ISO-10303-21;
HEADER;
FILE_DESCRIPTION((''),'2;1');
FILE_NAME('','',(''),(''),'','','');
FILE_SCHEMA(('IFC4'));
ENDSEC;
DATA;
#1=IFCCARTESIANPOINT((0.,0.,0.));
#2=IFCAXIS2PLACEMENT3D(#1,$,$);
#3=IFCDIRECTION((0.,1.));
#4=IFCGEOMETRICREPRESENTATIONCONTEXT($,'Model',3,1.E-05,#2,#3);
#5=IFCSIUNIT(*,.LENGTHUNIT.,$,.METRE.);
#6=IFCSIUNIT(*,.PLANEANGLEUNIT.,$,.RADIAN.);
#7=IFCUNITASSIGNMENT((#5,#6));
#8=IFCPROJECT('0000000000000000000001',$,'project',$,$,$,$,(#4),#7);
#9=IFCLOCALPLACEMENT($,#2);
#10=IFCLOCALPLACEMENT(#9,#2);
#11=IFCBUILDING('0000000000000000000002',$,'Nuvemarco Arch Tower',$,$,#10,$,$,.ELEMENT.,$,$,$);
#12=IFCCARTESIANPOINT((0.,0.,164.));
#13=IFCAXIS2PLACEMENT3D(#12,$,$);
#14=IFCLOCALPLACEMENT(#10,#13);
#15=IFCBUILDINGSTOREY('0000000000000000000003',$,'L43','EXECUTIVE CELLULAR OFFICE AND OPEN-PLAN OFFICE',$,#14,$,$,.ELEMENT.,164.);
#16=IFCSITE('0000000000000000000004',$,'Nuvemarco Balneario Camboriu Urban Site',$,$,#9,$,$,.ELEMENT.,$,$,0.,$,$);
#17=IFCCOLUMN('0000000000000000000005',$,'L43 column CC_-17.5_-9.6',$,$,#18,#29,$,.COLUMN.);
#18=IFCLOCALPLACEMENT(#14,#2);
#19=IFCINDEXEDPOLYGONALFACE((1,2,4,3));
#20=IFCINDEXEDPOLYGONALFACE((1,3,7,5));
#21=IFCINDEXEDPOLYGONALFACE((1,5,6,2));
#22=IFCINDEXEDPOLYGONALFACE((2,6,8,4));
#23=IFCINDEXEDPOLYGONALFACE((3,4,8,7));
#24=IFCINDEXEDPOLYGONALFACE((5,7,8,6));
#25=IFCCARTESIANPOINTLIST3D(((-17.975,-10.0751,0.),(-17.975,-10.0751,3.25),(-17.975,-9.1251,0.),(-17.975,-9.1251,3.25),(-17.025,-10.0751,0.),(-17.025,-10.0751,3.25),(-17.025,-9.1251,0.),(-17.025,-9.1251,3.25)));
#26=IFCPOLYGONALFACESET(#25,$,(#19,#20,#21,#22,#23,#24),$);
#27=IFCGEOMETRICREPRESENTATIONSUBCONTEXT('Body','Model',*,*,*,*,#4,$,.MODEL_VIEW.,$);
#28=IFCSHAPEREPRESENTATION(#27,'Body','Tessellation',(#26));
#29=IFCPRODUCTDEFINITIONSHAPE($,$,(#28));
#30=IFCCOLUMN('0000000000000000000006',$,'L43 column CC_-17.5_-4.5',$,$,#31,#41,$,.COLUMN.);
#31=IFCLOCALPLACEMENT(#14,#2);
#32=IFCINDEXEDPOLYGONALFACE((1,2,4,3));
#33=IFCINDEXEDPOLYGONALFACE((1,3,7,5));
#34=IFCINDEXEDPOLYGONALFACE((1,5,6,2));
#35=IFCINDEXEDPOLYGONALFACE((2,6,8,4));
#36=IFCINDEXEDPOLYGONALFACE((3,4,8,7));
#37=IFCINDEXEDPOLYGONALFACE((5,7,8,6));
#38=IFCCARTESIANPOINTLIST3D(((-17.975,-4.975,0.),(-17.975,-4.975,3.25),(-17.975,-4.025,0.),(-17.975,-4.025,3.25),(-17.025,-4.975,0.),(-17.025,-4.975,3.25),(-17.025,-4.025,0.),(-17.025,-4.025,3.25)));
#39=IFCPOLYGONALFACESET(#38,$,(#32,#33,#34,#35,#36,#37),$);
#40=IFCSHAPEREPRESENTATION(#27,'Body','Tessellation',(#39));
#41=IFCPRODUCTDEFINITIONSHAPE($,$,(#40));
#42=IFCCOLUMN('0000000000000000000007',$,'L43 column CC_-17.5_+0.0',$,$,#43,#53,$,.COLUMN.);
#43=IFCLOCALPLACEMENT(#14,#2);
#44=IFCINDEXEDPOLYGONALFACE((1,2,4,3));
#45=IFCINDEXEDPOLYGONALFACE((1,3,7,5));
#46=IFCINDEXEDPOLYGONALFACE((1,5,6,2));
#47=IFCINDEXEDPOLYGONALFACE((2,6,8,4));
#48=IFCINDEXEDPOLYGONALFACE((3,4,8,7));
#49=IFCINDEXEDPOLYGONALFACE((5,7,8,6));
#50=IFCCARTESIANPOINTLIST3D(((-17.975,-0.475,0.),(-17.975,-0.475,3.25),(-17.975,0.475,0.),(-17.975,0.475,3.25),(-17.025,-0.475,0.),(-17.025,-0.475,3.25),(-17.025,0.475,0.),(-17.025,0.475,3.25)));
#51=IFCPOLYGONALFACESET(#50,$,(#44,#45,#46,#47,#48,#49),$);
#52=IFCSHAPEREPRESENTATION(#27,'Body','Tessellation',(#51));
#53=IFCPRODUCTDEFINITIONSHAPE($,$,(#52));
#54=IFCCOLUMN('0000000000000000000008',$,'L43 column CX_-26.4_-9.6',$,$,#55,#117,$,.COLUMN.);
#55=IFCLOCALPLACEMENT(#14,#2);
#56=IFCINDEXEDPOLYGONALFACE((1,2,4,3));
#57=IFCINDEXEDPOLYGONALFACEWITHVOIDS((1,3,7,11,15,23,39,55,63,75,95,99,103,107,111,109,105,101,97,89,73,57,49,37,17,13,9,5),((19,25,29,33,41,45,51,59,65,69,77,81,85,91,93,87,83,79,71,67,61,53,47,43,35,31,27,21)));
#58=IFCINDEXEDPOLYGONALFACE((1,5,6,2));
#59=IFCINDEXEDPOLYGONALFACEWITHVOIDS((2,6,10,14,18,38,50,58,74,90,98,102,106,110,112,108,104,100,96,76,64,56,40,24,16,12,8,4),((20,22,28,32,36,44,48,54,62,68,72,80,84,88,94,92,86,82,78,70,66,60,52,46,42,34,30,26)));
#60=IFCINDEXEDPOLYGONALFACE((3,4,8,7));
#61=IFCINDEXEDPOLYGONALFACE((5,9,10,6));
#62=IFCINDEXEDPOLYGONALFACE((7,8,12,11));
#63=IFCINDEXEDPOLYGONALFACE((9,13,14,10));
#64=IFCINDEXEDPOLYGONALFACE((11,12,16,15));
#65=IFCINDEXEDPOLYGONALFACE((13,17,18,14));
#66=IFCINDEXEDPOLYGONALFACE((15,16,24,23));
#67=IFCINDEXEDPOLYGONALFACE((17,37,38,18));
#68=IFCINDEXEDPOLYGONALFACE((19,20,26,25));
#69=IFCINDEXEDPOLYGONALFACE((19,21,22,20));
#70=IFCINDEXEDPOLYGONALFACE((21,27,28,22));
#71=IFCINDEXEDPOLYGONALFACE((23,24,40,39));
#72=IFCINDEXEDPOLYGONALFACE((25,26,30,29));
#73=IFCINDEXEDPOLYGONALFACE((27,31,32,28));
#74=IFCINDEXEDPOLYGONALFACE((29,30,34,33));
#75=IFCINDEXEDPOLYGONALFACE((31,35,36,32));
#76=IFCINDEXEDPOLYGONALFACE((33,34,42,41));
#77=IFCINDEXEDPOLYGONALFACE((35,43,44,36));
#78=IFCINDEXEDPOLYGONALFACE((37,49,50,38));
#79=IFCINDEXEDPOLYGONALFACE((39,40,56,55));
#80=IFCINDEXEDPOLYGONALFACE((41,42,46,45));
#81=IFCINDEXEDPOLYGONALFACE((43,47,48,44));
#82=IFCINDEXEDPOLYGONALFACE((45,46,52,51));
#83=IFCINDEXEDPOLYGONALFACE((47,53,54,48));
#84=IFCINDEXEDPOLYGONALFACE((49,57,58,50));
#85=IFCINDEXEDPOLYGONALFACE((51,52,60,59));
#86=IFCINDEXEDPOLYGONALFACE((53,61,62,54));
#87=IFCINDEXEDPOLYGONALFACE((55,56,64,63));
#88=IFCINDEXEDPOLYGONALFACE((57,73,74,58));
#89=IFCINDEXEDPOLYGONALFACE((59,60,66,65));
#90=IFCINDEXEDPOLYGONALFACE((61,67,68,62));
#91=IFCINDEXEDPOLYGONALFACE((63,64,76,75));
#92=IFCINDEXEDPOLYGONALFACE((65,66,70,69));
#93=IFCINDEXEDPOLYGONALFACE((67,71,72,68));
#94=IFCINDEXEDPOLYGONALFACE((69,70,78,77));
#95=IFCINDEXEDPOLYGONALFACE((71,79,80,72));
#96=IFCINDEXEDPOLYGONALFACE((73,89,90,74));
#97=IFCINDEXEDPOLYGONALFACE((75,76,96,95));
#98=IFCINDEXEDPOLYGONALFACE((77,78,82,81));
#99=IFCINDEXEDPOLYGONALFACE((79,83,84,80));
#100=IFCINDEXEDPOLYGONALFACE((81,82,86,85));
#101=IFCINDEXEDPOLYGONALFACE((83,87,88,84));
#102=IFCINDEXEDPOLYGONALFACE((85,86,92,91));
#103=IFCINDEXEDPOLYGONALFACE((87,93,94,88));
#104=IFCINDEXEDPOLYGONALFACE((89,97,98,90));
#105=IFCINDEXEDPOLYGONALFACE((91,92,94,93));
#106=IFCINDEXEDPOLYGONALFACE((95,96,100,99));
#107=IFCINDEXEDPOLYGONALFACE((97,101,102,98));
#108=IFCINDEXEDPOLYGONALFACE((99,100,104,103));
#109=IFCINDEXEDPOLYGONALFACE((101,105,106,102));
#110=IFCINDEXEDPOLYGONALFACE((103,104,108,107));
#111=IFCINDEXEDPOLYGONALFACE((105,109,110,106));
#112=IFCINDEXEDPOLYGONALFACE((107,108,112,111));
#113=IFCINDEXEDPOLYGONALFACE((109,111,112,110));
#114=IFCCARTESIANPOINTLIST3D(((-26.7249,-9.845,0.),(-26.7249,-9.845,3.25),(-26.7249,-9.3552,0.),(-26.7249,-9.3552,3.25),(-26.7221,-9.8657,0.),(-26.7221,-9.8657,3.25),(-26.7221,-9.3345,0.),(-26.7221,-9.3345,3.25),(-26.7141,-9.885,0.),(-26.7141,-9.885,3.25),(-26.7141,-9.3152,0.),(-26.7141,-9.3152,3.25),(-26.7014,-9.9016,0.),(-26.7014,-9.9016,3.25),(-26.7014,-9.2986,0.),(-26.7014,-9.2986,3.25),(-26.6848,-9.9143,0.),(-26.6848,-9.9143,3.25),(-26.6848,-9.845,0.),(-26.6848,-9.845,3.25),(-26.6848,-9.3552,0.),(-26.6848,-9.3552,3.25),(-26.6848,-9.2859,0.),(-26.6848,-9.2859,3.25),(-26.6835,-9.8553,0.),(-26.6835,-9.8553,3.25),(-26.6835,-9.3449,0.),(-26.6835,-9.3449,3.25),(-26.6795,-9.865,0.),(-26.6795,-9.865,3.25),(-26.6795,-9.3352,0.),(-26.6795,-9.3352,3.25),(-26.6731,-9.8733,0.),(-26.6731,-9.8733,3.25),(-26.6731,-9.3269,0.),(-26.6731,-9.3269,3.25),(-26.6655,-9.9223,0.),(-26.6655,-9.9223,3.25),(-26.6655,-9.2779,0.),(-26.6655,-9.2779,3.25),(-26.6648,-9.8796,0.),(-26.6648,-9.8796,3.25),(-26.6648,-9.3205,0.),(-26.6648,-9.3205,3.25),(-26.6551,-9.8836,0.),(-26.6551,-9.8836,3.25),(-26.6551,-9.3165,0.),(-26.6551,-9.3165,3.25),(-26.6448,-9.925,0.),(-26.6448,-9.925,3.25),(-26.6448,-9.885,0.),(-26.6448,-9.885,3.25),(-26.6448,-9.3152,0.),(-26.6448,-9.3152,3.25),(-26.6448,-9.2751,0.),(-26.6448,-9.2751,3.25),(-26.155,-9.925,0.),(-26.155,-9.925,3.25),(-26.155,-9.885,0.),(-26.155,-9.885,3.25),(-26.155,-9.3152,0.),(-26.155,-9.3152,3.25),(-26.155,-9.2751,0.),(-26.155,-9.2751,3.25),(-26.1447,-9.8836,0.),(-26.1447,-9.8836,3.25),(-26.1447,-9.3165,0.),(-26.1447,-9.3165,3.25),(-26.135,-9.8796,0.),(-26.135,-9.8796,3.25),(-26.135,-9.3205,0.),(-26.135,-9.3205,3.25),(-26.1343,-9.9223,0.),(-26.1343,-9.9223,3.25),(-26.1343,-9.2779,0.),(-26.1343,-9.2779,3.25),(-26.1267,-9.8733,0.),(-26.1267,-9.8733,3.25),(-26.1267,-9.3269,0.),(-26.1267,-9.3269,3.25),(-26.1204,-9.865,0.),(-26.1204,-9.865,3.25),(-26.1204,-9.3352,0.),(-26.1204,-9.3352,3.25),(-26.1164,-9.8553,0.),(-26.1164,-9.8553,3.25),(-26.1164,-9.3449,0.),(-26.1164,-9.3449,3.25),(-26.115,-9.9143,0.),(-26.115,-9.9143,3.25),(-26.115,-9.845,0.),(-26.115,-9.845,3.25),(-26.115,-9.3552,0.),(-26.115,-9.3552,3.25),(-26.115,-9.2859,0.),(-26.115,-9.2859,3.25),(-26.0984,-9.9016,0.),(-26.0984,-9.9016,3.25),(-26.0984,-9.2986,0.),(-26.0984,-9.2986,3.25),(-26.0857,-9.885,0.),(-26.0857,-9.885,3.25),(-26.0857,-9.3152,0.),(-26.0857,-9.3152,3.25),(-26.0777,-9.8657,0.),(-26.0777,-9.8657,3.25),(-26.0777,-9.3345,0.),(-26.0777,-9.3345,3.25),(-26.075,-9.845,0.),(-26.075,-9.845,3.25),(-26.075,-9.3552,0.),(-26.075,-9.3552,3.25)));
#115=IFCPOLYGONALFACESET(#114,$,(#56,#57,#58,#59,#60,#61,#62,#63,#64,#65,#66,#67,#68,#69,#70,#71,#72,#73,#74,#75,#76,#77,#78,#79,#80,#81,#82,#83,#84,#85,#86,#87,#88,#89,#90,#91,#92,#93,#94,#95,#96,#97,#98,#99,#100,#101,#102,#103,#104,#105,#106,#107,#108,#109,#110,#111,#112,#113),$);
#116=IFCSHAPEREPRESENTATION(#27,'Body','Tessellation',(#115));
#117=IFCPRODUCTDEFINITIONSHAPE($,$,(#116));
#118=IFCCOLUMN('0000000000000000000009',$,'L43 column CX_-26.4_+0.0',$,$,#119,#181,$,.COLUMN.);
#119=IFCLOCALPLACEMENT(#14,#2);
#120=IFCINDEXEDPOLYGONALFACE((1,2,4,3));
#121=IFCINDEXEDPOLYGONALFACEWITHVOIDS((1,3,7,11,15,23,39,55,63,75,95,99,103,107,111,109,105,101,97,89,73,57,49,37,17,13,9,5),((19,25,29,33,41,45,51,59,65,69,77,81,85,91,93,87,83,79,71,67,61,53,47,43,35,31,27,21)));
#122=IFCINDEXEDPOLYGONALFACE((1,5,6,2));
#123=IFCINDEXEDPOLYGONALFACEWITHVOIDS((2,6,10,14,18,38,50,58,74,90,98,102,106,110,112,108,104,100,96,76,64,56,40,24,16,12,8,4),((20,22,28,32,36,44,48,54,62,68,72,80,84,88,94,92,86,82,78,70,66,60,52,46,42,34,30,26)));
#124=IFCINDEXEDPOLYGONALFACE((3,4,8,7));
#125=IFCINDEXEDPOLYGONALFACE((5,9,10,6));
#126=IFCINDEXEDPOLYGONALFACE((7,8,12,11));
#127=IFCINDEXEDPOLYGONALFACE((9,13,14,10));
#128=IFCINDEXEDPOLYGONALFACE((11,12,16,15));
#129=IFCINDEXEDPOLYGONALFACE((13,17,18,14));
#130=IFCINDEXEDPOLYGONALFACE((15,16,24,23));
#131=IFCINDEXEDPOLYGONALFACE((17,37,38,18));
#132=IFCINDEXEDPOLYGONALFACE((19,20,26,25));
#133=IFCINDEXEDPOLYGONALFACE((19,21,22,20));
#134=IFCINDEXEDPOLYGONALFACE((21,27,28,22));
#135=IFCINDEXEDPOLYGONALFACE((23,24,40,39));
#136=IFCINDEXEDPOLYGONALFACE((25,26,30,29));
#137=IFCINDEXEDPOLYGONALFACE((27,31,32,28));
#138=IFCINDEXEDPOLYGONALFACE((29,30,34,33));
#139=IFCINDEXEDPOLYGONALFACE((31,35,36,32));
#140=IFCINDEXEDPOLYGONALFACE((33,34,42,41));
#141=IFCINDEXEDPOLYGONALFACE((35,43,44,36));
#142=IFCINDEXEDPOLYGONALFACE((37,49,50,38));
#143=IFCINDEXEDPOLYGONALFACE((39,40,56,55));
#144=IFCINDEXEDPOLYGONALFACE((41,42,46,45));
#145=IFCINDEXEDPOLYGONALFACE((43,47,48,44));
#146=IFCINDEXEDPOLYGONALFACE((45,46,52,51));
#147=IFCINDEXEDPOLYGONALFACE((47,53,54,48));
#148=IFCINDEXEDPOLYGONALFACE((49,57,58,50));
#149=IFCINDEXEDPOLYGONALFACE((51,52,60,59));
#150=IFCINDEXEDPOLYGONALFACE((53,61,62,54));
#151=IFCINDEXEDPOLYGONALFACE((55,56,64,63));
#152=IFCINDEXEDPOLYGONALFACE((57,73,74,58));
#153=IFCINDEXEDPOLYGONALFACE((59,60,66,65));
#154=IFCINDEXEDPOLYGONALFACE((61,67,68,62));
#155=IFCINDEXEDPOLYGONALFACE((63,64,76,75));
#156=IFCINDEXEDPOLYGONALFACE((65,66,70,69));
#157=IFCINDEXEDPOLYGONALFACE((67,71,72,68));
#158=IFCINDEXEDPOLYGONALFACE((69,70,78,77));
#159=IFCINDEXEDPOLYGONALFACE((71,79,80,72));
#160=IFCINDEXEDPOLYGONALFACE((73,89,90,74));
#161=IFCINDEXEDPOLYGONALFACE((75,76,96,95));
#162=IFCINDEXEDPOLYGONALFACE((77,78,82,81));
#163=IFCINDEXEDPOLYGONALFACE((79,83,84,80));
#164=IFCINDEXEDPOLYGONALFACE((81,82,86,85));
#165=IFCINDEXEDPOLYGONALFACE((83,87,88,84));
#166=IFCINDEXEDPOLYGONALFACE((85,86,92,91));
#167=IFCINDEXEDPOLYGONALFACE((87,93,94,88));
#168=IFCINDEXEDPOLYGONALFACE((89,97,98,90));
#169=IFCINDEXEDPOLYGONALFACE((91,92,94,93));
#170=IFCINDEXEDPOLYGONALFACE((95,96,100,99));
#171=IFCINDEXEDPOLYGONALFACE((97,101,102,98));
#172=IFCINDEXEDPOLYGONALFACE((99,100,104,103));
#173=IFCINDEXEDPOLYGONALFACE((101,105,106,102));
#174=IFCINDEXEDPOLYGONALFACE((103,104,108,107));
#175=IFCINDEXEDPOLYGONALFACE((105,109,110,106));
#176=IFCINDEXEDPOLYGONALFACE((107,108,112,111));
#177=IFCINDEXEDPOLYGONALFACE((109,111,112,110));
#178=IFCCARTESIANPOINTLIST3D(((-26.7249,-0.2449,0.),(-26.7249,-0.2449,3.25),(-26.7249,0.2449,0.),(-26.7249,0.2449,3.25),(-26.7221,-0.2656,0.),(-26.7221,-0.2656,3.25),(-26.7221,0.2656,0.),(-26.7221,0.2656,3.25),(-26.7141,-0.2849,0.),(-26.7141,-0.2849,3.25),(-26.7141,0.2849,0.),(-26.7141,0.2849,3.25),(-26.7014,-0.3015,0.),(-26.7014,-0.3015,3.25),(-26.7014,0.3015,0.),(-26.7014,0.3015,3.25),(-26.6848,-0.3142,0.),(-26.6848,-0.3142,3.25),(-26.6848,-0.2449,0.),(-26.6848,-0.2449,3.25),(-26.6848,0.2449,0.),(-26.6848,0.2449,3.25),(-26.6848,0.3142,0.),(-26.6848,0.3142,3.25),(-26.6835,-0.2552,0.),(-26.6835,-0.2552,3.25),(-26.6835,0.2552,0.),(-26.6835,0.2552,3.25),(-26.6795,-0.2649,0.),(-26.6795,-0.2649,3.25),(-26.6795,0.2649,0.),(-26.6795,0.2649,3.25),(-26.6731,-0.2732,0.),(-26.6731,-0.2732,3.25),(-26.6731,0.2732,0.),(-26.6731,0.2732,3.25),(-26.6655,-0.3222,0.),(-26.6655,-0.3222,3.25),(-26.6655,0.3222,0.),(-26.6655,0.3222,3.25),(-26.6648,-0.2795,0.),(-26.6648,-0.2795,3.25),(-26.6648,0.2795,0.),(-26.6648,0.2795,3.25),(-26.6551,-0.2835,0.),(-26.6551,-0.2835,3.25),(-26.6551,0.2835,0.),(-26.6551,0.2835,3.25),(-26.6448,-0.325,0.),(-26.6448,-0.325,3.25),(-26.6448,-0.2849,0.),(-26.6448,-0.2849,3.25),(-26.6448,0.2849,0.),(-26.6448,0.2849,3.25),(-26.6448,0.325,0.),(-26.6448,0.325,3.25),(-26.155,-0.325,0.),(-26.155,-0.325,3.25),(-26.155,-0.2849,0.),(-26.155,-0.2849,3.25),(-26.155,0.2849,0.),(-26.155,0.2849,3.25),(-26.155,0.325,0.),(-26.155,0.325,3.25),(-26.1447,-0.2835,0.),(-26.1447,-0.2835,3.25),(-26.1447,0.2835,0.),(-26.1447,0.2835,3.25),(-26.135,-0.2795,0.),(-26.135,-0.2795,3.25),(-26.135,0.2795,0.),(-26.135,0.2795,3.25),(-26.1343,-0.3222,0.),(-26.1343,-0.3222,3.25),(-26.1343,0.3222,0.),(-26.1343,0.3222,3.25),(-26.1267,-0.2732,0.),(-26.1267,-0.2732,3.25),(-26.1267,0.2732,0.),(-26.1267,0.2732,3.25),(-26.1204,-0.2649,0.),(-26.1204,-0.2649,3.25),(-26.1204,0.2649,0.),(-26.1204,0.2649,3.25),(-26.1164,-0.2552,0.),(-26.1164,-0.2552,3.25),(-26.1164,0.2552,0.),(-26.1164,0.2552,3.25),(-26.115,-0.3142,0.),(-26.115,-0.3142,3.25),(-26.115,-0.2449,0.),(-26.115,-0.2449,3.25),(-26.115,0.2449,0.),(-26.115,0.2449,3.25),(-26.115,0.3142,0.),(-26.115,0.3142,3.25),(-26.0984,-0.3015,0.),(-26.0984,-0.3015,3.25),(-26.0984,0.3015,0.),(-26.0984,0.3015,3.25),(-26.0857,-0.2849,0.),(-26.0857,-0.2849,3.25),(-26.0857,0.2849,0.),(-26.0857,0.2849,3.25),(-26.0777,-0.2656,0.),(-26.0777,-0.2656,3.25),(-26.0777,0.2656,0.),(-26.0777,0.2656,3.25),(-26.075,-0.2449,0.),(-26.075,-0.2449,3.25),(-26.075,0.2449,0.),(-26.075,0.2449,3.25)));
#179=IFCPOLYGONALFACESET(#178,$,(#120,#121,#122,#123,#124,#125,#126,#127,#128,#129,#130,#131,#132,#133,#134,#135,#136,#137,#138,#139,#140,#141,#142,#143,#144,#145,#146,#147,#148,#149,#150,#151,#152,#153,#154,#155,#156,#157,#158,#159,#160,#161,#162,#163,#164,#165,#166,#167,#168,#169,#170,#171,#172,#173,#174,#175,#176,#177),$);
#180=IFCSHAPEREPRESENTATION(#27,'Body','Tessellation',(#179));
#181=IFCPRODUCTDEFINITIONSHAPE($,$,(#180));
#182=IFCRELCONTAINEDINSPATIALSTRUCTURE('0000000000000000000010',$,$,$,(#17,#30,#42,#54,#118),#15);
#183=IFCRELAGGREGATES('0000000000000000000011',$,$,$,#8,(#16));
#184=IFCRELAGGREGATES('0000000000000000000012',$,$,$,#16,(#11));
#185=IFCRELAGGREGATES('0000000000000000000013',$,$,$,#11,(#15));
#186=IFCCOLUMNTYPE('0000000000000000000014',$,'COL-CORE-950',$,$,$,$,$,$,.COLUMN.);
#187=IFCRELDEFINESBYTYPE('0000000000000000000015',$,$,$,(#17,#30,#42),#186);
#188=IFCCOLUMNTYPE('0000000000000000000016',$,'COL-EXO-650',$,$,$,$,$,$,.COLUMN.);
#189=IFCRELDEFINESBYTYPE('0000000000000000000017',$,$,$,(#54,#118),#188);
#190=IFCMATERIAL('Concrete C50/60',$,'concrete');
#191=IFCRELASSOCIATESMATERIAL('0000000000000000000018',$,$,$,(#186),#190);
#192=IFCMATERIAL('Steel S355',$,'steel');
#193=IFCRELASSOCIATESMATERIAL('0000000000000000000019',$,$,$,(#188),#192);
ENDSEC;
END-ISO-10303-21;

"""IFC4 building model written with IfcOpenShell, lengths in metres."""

from ifc_helpers import new_model, si_unit, direction, frame, origin, origin_2d, place, context, subcontext, project, spatial, rectangle, hollow_rectangle, extrude, material, material_profile, profile_set, type_object, element, save


model = new_model("IFC4")

# Units and contexts
model_context = context("Model", 3, precision=1e-05, world=origin(), true_north=direction((0.0, 1.0)))
body_context = subcontext(model_context, "Body", "Model", "MODEL_VIEW")
ifc_project = project(units=[si_unit("LENGTHUNIT", "METRE"), si_unit("PLANEANGLEUNIT", "RADIAN")], contexts=[model_context])

# Site, building, storey
site_placement = place(None, origin())
site = spatial("IfcSite", under=ifc_project, at=site_placement, Name="Nuvemarco Balneario Camboriu Urban Site", CompositionType="ELEMENT", RefElevation=0.0)
building_placement = place(site_placement, origin())
building = spatial("IfcBuilding", under=site, at=building_placement, Name="Nuvemarco Arch Tower", CompositionType="ELEMENT")
storey_placement = place(building_placement, frame((0.0, 0.0, 164.0)))
storey = spatial("IfcBuildingStorey", under=building, at=storey_placement, Name="L43", Description="EXECUTIVE CELLULAR OFFICE AND OPEN-PLAN OFFICE", CompositionType="ELEMENT", Elevation=164.0)

# Columns
ifc_material_1 = material(Name="Concrete C50/60", Category="concrete")
ifc_material_profile_1 = material_profile(ifc_material_1, rectangle(XDim=0.95, YDim=0.95, at=origin_2d()), Name="RC-COL-950x950")
ifc_profile_set_1 = profile_set([ifc_material_profile_1], Name="Concrete C50/60")
column_type_1 = type_object("IfcColumnType", Name="COL-CORE-950", PredefinedType="COLUMN", material=ifc_profile_set_1)
for number, where, z_axis, x_axis, name in (
    (1, (-17.5, -9.6001, 0.0), (0.0, 0.0, 1.0), (1.0, 0.0, 0.0), "L43 column CC_-17.5_-9.6"),
    (2, (-17.5, -4.5, 0.0), (0.0, 0.0, 1.0), (1.0, 0.0, 0.0), "L43 column CC_-17.5_-4.5"),
    (3, (-17.5, 0.0, 0.0), (0.0, 0.0, 1.0), (1.0, 0.0, 0.0), "L43 column CC_-17.5_+0.0"),
):
    element("IfcColumn", number, at=place(storey_placement, frame(where, z_axis=z_axis, x_axis=x_axis)), inside=storey, type_object=column_type_1, Name=name, PredefinedType="COLUMN", context=body_context, shape_type="SweptSolid", body=[
        extrude(rectangle(XDim=0.95, YDim=0.95, at=origin_2d()), origin(), (0.0, 0.0, 1.0), 3.25),
    ])
ifc_material_2 = material(Name="Steel S355", Category="steel")
ifc_material_profile_2 = material_profile(ifc_material_2, hollow_rectangle(XDim=0.6499, YDim=0.6499, WallThickness=0.04, InnerFilletRadius=0.04, OuterFilletRadius=0.0801, at=origin_2d()), Name="SHS650x650x40")
ifc_profile_set_2 = profile_set([ifc_material_profile_2], Name="Steel S355")
column_type_2 = type_object("IfcColumnType", Name="COL-EXO-650", PredefinedType="COLUMN", material=ifc_profile_set_2)
for number, where, z_axis, x_axis, name in (
    (4, (-26.3999, -9.6001, 0.0), (0.0, 0.0, 1.0), (1.0, 0.0, 0.0), "L43 column CX_-26.4_-9.6"),
    (5, (-26.3999, 0.0, 0.0), (0.0, 0.0, 1.0), (1.0, 0.0, 0.0), "L43 column CX_-26.4_+0.0"),
):
    element("IfcColumn", number, at=place(storey_placement, frame(where, z_axis=z_axis, x_axis=x_axis)), inside=storey, type_object=column_type_2, Name=name, PredefinedType="COLUMN", context=body_context, shape_type="SweptSolid", body=[
        extrude(hollow_rectangle(XDim=0.6499, YDim=0.6499, WallThickness=0.04, InnerFilletRadius=0.04, OuterFilletRadius=0.0801, at=origin_2d()), origin(), (0.0, 0.0, 1.0), 3.25),
    ])

save(model, "model.ifc")
